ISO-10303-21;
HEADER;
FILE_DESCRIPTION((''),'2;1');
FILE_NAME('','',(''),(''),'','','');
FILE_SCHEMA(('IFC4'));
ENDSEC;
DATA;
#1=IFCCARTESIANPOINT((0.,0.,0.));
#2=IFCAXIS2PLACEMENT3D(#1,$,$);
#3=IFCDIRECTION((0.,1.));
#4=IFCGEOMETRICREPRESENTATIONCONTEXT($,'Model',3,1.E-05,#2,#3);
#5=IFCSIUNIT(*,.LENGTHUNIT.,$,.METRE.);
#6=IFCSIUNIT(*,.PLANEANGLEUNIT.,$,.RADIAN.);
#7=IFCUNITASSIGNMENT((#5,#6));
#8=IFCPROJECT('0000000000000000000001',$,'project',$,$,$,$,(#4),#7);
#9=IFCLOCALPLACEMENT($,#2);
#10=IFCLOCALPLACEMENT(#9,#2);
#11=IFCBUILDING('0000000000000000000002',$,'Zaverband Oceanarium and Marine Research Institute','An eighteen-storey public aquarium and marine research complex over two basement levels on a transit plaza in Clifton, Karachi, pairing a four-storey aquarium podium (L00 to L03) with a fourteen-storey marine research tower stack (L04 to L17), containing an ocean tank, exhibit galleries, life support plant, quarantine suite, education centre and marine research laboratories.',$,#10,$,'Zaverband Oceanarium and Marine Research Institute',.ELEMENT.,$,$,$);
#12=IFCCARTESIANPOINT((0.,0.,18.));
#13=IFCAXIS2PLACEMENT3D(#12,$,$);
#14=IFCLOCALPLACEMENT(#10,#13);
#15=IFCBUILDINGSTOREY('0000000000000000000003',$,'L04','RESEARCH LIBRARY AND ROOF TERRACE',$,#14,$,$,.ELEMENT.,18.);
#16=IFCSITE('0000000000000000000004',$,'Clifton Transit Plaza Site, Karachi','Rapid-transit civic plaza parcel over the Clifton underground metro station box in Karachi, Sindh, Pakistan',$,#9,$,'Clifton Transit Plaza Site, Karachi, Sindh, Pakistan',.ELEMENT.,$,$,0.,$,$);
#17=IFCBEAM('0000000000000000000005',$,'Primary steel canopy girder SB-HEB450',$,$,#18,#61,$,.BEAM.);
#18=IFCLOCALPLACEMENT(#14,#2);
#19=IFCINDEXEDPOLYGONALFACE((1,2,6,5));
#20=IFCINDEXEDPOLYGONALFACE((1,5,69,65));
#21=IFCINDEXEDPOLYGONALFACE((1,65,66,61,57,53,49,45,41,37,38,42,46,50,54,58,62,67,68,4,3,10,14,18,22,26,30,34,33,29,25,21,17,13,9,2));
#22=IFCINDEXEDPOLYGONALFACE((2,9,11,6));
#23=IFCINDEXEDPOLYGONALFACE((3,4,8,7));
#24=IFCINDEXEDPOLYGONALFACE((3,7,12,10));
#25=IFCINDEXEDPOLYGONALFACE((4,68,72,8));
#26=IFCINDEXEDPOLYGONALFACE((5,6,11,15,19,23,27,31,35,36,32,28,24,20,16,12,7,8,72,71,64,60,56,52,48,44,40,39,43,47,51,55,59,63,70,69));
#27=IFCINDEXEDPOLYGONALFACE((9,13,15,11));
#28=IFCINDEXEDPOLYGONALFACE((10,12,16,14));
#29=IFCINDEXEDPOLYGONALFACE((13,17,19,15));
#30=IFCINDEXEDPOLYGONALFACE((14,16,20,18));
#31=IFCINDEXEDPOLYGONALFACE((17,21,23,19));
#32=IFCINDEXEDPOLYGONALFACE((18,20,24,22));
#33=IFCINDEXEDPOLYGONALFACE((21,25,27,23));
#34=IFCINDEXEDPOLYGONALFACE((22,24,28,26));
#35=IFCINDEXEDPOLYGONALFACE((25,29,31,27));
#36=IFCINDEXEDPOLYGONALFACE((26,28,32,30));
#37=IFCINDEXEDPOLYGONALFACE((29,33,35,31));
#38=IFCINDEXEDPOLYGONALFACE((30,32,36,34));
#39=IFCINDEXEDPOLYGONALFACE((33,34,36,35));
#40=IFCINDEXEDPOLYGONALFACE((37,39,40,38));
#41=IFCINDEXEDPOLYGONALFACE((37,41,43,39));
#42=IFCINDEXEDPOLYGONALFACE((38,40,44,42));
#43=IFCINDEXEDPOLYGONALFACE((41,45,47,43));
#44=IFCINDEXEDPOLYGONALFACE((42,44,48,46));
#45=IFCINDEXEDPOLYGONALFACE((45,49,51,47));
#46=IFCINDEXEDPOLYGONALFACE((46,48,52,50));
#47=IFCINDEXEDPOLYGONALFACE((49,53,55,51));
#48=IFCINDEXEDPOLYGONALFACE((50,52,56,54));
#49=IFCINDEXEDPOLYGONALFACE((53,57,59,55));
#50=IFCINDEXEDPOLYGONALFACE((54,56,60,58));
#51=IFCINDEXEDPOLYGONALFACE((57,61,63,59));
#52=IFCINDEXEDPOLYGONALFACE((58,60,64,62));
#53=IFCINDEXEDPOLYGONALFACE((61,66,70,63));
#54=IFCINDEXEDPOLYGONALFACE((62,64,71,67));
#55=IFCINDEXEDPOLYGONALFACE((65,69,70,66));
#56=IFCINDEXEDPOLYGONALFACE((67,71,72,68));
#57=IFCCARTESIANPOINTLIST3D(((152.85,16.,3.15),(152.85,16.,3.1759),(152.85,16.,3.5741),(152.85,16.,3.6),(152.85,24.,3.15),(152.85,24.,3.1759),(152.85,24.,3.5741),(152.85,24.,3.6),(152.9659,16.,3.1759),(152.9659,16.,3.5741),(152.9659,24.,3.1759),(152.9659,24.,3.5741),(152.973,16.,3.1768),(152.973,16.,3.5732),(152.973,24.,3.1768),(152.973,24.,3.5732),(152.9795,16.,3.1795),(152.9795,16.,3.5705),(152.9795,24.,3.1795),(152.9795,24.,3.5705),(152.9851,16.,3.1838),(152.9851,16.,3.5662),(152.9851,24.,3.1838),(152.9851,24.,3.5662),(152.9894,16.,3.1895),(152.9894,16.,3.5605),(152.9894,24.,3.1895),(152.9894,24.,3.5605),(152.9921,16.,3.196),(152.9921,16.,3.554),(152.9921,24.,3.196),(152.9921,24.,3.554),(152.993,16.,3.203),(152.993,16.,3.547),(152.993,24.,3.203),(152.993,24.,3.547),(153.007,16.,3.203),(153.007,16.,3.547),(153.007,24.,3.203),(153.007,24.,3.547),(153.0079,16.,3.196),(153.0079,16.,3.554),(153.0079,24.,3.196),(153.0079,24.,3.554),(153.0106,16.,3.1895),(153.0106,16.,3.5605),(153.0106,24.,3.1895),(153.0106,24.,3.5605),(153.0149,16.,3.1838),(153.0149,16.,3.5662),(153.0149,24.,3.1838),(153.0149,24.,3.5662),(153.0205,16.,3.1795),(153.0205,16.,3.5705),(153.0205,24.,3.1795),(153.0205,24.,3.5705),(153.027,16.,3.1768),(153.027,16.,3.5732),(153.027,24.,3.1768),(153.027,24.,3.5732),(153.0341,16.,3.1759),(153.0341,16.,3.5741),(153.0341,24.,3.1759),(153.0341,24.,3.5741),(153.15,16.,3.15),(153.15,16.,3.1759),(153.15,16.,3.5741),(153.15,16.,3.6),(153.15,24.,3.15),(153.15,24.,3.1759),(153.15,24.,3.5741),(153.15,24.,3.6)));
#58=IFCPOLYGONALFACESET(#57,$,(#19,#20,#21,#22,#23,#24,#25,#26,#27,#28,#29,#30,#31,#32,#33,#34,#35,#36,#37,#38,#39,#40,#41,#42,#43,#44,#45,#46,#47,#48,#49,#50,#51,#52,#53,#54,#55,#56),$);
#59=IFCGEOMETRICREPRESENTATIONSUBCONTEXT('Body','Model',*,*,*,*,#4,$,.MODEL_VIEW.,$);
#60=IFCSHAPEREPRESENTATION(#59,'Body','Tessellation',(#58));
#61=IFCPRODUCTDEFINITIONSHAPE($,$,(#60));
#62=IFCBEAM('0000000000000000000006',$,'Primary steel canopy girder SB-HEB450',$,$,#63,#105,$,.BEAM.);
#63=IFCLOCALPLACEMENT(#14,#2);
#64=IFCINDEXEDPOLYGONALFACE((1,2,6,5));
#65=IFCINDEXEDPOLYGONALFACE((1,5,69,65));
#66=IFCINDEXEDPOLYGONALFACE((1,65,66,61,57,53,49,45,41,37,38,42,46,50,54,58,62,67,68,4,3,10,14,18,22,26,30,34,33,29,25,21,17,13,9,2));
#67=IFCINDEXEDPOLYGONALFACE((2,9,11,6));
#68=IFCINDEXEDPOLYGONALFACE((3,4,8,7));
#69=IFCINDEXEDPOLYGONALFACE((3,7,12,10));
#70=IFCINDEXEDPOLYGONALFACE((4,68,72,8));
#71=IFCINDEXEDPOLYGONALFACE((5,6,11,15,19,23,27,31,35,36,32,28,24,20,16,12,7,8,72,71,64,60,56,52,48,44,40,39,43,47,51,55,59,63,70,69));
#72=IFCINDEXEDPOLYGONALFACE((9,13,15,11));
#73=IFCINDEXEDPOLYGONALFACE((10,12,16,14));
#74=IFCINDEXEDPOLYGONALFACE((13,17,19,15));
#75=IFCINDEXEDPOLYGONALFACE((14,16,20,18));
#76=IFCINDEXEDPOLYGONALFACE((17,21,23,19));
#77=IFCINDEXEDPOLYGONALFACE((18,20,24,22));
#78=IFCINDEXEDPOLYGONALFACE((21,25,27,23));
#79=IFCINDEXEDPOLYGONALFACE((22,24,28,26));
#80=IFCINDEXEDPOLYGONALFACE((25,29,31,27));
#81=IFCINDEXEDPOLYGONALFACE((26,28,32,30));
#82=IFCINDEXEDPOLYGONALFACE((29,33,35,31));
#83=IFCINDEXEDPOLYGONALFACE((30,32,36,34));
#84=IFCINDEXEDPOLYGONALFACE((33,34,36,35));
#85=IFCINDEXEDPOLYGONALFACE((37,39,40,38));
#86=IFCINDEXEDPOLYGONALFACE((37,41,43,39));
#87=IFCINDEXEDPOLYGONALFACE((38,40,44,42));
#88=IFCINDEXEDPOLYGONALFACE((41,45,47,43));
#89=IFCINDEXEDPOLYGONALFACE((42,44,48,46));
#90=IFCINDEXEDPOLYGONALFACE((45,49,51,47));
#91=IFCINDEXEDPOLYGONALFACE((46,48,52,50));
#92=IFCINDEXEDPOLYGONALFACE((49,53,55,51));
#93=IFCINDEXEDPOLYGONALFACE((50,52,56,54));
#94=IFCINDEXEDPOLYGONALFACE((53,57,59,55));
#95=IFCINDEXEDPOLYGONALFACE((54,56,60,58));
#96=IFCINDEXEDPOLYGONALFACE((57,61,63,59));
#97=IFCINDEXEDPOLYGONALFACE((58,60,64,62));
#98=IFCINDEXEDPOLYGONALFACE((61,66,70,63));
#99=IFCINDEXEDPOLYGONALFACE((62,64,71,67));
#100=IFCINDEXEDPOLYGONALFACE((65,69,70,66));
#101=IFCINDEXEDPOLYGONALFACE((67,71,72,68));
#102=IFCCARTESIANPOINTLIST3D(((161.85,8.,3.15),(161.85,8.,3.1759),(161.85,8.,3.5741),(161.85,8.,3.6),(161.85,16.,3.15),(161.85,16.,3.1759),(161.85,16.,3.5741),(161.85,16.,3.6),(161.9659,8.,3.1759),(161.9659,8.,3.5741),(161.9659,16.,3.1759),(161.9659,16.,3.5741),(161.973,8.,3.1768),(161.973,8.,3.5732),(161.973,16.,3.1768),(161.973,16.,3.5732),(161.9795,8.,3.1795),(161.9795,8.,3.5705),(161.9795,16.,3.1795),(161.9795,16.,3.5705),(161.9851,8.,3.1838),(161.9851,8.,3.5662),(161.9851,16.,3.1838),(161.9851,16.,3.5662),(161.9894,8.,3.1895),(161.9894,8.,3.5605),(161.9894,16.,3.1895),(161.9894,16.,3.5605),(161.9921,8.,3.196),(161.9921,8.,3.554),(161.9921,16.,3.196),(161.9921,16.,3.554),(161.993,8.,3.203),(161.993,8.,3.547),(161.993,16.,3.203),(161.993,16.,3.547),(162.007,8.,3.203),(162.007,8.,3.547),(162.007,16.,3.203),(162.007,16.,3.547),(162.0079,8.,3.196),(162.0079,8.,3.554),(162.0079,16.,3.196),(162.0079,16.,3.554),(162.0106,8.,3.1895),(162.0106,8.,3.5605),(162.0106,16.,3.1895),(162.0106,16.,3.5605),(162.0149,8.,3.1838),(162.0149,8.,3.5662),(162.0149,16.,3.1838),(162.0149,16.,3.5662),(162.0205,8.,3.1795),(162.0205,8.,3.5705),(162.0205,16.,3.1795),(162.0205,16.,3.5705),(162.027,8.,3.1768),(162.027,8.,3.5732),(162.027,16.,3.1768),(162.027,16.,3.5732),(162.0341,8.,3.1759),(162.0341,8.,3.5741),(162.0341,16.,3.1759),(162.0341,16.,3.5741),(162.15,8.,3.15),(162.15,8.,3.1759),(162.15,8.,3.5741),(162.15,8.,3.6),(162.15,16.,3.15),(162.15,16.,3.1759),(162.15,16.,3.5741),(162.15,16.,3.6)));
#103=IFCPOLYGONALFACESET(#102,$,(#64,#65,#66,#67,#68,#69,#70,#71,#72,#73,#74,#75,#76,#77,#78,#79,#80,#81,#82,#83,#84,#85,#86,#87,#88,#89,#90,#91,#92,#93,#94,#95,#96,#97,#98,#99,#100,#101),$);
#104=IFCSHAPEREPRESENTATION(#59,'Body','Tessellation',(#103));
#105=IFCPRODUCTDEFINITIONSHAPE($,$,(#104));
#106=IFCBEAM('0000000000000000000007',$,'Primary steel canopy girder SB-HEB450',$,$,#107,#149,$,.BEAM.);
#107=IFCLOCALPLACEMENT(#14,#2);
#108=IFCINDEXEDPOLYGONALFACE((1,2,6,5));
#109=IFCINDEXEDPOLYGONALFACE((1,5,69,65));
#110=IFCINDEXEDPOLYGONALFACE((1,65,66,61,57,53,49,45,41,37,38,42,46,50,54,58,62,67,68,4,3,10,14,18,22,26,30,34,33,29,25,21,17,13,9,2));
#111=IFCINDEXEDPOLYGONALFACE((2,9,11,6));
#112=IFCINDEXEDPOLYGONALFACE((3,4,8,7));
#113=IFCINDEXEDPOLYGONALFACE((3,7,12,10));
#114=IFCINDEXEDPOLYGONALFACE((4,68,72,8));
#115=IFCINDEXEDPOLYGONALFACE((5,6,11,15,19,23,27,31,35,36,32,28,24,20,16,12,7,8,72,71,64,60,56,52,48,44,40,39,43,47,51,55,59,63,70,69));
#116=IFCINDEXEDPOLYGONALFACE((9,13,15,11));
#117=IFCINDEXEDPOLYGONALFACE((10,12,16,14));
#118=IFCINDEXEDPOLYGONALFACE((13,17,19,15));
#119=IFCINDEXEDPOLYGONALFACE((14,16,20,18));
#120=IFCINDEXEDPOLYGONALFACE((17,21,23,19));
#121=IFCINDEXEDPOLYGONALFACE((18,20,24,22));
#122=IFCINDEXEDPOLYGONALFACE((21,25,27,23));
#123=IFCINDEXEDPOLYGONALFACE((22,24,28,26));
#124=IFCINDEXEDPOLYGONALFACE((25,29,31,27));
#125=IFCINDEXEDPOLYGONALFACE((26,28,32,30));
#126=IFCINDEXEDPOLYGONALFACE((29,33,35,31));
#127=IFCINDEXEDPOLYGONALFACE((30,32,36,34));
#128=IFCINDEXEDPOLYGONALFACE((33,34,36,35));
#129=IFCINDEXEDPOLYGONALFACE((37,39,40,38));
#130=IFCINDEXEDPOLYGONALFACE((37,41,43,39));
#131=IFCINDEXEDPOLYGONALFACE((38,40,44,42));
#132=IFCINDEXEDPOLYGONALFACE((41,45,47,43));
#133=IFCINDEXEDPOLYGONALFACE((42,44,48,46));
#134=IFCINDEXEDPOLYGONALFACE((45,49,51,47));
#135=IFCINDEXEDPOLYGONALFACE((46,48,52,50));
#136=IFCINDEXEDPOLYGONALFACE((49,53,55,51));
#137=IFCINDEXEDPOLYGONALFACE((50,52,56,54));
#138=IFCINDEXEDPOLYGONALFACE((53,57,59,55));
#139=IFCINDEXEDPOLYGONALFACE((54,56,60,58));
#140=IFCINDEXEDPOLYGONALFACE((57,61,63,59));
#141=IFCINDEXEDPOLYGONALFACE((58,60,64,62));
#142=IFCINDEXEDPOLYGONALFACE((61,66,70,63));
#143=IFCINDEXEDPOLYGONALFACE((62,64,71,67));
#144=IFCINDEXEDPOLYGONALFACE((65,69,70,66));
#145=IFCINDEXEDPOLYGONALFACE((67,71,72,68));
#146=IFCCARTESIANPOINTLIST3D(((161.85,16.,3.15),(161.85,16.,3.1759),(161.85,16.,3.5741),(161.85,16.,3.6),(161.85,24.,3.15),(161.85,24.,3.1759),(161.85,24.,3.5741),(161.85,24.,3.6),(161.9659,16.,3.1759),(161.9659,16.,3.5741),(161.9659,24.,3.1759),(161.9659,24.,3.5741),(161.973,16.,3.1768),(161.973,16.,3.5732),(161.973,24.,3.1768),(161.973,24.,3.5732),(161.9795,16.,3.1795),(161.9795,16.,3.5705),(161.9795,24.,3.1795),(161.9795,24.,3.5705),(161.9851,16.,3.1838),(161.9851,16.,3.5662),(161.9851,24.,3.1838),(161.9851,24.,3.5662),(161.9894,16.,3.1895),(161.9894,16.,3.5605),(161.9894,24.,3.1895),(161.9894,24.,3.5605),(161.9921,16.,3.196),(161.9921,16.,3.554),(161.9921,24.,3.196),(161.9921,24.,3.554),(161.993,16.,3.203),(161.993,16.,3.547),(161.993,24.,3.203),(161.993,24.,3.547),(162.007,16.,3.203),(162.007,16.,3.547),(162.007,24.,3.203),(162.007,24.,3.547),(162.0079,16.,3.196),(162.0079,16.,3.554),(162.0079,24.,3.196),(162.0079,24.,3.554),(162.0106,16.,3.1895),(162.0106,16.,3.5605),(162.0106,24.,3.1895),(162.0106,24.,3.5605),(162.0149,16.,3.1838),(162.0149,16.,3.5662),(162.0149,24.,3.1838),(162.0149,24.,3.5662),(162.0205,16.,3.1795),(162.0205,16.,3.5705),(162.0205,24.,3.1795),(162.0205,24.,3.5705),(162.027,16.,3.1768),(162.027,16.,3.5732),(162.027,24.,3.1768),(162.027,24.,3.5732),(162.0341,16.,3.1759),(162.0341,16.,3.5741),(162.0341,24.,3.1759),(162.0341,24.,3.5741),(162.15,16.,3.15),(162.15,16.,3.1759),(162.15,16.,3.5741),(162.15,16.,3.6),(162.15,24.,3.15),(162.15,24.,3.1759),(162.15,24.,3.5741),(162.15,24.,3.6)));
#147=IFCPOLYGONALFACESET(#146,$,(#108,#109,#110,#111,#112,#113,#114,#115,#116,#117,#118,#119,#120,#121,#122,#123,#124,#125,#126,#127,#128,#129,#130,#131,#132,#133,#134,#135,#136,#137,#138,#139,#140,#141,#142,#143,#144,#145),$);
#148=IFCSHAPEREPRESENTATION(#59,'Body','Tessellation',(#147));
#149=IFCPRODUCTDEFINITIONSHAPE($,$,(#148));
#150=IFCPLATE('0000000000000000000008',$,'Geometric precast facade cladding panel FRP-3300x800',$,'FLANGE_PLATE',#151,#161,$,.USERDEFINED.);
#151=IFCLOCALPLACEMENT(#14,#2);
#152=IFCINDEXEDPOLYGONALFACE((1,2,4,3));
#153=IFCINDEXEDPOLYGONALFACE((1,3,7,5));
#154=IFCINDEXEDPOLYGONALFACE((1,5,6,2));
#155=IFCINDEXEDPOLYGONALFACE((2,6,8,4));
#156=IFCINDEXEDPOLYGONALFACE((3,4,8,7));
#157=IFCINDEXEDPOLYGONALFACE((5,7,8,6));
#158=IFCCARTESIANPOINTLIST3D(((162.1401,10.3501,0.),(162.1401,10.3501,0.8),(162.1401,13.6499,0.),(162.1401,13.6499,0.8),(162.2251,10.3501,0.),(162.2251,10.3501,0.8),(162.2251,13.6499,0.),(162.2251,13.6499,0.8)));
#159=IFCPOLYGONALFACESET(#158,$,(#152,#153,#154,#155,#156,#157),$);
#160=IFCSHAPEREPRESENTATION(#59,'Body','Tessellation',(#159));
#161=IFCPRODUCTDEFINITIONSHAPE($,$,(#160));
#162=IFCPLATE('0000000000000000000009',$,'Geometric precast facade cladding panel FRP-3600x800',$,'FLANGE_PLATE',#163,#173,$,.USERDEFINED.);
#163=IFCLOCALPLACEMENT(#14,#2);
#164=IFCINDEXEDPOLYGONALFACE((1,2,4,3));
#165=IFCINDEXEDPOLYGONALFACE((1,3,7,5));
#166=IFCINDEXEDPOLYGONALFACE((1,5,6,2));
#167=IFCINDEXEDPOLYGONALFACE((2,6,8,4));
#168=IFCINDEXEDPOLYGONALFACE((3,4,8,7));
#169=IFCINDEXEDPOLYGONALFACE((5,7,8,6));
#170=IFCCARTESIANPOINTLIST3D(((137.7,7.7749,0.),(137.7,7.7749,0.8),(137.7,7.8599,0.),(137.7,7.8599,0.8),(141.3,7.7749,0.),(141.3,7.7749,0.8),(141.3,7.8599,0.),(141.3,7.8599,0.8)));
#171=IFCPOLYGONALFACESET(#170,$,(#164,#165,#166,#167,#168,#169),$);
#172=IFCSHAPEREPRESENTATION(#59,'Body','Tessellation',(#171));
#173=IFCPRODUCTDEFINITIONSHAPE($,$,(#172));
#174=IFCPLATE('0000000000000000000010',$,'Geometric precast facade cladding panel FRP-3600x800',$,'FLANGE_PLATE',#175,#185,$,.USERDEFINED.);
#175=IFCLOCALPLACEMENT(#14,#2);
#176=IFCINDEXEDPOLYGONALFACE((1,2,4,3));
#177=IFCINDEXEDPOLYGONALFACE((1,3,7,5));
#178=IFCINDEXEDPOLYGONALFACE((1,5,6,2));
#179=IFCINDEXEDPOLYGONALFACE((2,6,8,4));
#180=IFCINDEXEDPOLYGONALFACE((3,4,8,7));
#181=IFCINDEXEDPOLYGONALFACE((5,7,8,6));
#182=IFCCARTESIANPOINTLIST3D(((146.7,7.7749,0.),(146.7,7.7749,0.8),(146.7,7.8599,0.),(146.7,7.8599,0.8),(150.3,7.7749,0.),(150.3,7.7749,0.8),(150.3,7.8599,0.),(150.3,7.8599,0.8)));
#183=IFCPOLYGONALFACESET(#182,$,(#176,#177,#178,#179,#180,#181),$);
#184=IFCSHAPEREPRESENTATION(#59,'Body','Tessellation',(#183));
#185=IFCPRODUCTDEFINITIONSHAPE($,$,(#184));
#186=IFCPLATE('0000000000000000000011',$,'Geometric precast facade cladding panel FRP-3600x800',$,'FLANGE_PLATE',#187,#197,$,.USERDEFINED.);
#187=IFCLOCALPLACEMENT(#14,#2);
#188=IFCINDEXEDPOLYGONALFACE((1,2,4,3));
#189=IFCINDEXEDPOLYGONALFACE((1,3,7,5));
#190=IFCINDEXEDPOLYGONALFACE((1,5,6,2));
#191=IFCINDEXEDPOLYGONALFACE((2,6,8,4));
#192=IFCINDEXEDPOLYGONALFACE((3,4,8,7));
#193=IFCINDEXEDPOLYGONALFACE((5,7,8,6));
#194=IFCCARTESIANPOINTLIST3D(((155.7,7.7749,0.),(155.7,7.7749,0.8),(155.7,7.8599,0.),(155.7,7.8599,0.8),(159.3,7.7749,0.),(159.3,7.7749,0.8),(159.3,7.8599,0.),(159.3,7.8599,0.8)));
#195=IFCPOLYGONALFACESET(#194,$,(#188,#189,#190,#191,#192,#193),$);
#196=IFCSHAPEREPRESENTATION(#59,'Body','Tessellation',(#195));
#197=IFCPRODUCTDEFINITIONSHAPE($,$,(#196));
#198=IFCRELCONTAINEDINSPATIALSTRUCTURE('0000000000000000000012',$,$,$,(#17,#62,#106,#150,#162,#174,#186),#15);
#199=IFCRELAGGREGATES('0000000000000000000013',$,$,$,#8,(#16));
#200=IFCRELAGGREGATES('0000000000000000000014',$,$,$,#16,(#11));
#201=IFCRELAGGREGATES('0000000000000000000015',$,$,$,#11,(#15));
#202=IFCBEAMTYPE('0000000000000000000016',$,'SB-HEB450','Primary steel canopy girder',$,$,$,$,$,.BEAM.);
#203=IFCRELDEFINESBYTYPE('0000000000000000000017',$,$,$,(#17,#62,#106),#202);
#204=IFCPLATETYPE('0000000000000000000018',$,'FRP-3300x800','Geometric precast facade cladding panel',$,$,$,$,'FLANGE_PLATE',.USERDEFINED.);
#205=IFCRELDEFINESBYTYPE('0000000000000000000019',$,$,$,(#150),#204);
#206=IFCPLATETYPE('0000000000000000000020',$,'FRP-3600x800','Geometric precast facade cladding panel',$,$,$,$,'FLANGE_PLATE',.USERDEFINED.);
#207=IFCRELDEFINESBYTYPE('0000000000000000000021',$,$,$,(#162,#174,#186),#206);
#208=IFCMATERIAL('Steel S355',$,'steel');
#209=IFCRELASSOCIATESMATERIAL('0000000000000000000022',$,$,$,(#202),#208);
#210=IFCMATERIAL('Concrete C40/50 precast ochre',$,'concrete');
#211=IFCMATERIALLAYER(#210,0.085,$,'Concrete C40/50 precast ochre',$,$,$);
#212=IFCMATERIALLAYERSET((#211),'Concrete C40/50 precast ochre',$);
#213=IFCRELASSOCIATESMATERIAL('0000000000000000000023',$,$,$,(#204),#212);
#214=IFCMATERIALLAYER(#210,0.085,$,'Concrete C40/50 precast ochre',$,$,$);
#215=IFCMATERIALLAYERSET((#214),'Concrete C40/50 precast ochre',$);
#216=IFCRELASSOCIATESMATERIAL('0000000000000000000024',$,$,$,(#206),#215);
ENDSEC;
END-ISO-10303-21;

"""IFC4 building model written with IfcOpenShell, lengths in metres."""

from ifc_helpers import new_model, si_unit, direction, frame, frame_2d, origin, origin_2d, place, context, subcontext, project, spatial, rectangle, i_section, extrude, material, layer, layer_set, material_profile, profile_set, type_object, element, save


model = new_model("IFC4")

# Units and contexts
model_context = context("Model", 3, precision=1e-05, world=origin(), true_north=direction((0.0, 1.0)))
body_context = subcontext(model_context, "Body", "Model", "MODEL_VIEW")
ifc_project = project(units=[si_unit("LENGTHUNIT", "METRE"), si_unit("PLANEANGLEUNIT", "RADIAN")], contexts=[model_context])

# Site, building, storey
site_placement = place(None, origin())
site = spatial("IfcSite", under=ifc_project, at=site_placement, Name="Clifton Transit Plaza Site, Karachi", Description="Rapid-transit civic plaza parcel over the Clifton underground metro station box in Karachi, Sindh, Pakistan", LongName="Clifton Transit Plaza Site, Karachi, Sindh, Pakistan", CompositionType="ELEMENT", RefElevation=0.0)
building_placement = place(site_placement, origin())
building = spatial("IfcBuilding", under=site, at=building_placement, Name="Zaverband Oceanarium and Marine Research Institute", Description="An eighteen-storey public aquarium and marine research complex over two basement levels on a transit plaza in Clifton, Karachi, pairing a four-storey aquarium podium (L00 to L03) with a fourteen-storey marine research tower stack (L04 to L17), containing an ocean tank, exhibit galleries, life support plant, quarantine suite, education centre and marine research laboratories.", LongName="Zaverband Oceanarium and Marine Research Institute", CompositionType="ELEMENT")
storey_placement = place(building_placement, frame((0.0, 0.0, 18.0)))
storey = spatial("IfcBuildingStorey", under=building, at=storey_placement, Name="L04", Description="RESEARCH LIBRARY AND ROOF TERRACE", CompositionType="ELEMENT", Elevation=18.0)

# Beams
ifc_material_1 = material(Name="Steel S355", Category="steel")
ifc_material_profile_1 = material_profile(ifc_material_1, i_section(OverallWidth=0.3, OverallDepth=0.45, WebThickness=0.0139, FlangeThickness=0.0259, FilletRadius=0.0271, at=origin_2d()), Name="HEB450")
ifc_profile_set_1 = profile_set([ifc_material_profile_1], Name="Steel S355")
beam_type = type_object("IfcBeamType", Name="SB-HEB450", Description="Primary steel canopy girder", PredefinedType="BEAM", material=ifc_profile_set_1)
for number, where, z_axis, x_axis, name in (
    (1, (153.0, 16.0, 3.375), (0.0, 1.0, 0.0), (-1.0, 0.0, 0.0), "Primary steel canopy girder SB-HEB450"),
    (2, (162.0, 8.0, 3.375), (0.0, 1.0, 0.0), (-1.0, 0.0, 0.0), "Primary steel canopy girder SB-HEB450"),
    (3, (162.0, 16.0, 3.375), (0.0, 1.0, 0.0), (-1.0, 0.0, 0.0), "Primary steel canopy girder SB-HEB450"),
):
    element("IfcBeam", number, at=place(storey_placement, frame(where, z_axis=z_axis, x_axis=x_axis)), inside=storey, type_object=beam_type, Name=name, PredefinedType="BEAM", context=body_context, shape_type="SweptSolid", body=[
        extrude(i_section(OverallWidth=0.3, OverallDepth=0.45, WebThickness=0.0139, FlangeThickness=0.0259, FilletRadius=0.0271, at=origin_2d()), origin(), (0.0, 0.0, 1.0), 8.0),
    ])

# Plates
ifc_material_2 = material(Name="Concrete C40/50 precast ochre", Category="concrete")
ifc_layer_1 = layer(ifc_material_2, 0.085, Name="Concrete C40/50 precast ochre")
ifc_layer_set_1 = layer_set([ifc_layer_1], Name="Concrete C40/50 precast ochre")
plate_type_1 = type_object("IfcPlateType", Name="FRP-3300x800", Description="Geometric precast facade cladding panel", ElementType="FLANGE_PLATE", PredefinedType="USERDEFINED", material=ifc_layer_set_1)
plate_placement = place(storey_placement, frame((162.1826, 10.3501, 0.0), z_axis=(0.0, 0.0, 1.0), x_axis=(0.0, 1.0, 0.0)))
element("IfcPlate", 4, at=plate_placement, inside=storey, type_object=plate_type_1, Name="Geometric precast facade cladding panel FRP-3300x800", ObjectType="FLANGE_PLATE", PredefinedType="USERDEFINED", context=body_context, shape_type="SweptSolid", body=[
    extrude(rectangle(XDim=3.2998, YDim=0.085, at=frame_2d((1.6499, 0.0))), origin(), (0.0, 0.0, 1.0), 0.8),
])
ifc_layer_2 = layer(ifc_material_2, 0.085, Name="Concrete C40/50 precast ochre")
ifc_layer_set_2 = layer_set([ifc_layer_2], Name="Concrete C40/50 precast ochre")
plate_type_2 = type_object("IfcPlateType", Name="FRP-3600x800", Description="Geometric precast facade cladding panel", ElementType="FLANGE_PLATE", PredefinedType="USERDEFINED", material=ifc_layer_set_2)
for number, where, z_axis, x_axis, name in (
    (5, (137.7, 7.8174, 0.0), (0.0, 0.0, 1.0), (1.0, 0.0, 0.0), "Geometric precast facade cladding panel FRP-3600x800"),
    (6, (146.7, 7.8174, 0.0), (0.0, 0.0, 1.0), (1.0, 0.0, 0.0), "Geometric precast facade cladding panel FRP-3600x800"),
    (7, (155.7, 7.8174, 0.0), (0.0, 0.0, 1.0), (1.0, 0.0, 0.0), "Geometric precast facade cladding panel FRP-3600x800"),
):
    element("IfcPlate", number, at=place(storey_placement, frame(where, z_axis=z_axis, x_axis=x_axis)), inside=storey, type_object=plate_type_2, Name=name, ObjectType="FLANGE_PLATE", PredefinedType="USERDEFINED", context=body_context, shape_type="SweptSolid", body=[
        extrude(rectangle(XDim=3.6001, YDim=0.085, at=frame_2d((1.8, 0.0))), origin(), (0.0, 0.0, 1.0), 0.8),
    ])

save(model, "model.ifc")
